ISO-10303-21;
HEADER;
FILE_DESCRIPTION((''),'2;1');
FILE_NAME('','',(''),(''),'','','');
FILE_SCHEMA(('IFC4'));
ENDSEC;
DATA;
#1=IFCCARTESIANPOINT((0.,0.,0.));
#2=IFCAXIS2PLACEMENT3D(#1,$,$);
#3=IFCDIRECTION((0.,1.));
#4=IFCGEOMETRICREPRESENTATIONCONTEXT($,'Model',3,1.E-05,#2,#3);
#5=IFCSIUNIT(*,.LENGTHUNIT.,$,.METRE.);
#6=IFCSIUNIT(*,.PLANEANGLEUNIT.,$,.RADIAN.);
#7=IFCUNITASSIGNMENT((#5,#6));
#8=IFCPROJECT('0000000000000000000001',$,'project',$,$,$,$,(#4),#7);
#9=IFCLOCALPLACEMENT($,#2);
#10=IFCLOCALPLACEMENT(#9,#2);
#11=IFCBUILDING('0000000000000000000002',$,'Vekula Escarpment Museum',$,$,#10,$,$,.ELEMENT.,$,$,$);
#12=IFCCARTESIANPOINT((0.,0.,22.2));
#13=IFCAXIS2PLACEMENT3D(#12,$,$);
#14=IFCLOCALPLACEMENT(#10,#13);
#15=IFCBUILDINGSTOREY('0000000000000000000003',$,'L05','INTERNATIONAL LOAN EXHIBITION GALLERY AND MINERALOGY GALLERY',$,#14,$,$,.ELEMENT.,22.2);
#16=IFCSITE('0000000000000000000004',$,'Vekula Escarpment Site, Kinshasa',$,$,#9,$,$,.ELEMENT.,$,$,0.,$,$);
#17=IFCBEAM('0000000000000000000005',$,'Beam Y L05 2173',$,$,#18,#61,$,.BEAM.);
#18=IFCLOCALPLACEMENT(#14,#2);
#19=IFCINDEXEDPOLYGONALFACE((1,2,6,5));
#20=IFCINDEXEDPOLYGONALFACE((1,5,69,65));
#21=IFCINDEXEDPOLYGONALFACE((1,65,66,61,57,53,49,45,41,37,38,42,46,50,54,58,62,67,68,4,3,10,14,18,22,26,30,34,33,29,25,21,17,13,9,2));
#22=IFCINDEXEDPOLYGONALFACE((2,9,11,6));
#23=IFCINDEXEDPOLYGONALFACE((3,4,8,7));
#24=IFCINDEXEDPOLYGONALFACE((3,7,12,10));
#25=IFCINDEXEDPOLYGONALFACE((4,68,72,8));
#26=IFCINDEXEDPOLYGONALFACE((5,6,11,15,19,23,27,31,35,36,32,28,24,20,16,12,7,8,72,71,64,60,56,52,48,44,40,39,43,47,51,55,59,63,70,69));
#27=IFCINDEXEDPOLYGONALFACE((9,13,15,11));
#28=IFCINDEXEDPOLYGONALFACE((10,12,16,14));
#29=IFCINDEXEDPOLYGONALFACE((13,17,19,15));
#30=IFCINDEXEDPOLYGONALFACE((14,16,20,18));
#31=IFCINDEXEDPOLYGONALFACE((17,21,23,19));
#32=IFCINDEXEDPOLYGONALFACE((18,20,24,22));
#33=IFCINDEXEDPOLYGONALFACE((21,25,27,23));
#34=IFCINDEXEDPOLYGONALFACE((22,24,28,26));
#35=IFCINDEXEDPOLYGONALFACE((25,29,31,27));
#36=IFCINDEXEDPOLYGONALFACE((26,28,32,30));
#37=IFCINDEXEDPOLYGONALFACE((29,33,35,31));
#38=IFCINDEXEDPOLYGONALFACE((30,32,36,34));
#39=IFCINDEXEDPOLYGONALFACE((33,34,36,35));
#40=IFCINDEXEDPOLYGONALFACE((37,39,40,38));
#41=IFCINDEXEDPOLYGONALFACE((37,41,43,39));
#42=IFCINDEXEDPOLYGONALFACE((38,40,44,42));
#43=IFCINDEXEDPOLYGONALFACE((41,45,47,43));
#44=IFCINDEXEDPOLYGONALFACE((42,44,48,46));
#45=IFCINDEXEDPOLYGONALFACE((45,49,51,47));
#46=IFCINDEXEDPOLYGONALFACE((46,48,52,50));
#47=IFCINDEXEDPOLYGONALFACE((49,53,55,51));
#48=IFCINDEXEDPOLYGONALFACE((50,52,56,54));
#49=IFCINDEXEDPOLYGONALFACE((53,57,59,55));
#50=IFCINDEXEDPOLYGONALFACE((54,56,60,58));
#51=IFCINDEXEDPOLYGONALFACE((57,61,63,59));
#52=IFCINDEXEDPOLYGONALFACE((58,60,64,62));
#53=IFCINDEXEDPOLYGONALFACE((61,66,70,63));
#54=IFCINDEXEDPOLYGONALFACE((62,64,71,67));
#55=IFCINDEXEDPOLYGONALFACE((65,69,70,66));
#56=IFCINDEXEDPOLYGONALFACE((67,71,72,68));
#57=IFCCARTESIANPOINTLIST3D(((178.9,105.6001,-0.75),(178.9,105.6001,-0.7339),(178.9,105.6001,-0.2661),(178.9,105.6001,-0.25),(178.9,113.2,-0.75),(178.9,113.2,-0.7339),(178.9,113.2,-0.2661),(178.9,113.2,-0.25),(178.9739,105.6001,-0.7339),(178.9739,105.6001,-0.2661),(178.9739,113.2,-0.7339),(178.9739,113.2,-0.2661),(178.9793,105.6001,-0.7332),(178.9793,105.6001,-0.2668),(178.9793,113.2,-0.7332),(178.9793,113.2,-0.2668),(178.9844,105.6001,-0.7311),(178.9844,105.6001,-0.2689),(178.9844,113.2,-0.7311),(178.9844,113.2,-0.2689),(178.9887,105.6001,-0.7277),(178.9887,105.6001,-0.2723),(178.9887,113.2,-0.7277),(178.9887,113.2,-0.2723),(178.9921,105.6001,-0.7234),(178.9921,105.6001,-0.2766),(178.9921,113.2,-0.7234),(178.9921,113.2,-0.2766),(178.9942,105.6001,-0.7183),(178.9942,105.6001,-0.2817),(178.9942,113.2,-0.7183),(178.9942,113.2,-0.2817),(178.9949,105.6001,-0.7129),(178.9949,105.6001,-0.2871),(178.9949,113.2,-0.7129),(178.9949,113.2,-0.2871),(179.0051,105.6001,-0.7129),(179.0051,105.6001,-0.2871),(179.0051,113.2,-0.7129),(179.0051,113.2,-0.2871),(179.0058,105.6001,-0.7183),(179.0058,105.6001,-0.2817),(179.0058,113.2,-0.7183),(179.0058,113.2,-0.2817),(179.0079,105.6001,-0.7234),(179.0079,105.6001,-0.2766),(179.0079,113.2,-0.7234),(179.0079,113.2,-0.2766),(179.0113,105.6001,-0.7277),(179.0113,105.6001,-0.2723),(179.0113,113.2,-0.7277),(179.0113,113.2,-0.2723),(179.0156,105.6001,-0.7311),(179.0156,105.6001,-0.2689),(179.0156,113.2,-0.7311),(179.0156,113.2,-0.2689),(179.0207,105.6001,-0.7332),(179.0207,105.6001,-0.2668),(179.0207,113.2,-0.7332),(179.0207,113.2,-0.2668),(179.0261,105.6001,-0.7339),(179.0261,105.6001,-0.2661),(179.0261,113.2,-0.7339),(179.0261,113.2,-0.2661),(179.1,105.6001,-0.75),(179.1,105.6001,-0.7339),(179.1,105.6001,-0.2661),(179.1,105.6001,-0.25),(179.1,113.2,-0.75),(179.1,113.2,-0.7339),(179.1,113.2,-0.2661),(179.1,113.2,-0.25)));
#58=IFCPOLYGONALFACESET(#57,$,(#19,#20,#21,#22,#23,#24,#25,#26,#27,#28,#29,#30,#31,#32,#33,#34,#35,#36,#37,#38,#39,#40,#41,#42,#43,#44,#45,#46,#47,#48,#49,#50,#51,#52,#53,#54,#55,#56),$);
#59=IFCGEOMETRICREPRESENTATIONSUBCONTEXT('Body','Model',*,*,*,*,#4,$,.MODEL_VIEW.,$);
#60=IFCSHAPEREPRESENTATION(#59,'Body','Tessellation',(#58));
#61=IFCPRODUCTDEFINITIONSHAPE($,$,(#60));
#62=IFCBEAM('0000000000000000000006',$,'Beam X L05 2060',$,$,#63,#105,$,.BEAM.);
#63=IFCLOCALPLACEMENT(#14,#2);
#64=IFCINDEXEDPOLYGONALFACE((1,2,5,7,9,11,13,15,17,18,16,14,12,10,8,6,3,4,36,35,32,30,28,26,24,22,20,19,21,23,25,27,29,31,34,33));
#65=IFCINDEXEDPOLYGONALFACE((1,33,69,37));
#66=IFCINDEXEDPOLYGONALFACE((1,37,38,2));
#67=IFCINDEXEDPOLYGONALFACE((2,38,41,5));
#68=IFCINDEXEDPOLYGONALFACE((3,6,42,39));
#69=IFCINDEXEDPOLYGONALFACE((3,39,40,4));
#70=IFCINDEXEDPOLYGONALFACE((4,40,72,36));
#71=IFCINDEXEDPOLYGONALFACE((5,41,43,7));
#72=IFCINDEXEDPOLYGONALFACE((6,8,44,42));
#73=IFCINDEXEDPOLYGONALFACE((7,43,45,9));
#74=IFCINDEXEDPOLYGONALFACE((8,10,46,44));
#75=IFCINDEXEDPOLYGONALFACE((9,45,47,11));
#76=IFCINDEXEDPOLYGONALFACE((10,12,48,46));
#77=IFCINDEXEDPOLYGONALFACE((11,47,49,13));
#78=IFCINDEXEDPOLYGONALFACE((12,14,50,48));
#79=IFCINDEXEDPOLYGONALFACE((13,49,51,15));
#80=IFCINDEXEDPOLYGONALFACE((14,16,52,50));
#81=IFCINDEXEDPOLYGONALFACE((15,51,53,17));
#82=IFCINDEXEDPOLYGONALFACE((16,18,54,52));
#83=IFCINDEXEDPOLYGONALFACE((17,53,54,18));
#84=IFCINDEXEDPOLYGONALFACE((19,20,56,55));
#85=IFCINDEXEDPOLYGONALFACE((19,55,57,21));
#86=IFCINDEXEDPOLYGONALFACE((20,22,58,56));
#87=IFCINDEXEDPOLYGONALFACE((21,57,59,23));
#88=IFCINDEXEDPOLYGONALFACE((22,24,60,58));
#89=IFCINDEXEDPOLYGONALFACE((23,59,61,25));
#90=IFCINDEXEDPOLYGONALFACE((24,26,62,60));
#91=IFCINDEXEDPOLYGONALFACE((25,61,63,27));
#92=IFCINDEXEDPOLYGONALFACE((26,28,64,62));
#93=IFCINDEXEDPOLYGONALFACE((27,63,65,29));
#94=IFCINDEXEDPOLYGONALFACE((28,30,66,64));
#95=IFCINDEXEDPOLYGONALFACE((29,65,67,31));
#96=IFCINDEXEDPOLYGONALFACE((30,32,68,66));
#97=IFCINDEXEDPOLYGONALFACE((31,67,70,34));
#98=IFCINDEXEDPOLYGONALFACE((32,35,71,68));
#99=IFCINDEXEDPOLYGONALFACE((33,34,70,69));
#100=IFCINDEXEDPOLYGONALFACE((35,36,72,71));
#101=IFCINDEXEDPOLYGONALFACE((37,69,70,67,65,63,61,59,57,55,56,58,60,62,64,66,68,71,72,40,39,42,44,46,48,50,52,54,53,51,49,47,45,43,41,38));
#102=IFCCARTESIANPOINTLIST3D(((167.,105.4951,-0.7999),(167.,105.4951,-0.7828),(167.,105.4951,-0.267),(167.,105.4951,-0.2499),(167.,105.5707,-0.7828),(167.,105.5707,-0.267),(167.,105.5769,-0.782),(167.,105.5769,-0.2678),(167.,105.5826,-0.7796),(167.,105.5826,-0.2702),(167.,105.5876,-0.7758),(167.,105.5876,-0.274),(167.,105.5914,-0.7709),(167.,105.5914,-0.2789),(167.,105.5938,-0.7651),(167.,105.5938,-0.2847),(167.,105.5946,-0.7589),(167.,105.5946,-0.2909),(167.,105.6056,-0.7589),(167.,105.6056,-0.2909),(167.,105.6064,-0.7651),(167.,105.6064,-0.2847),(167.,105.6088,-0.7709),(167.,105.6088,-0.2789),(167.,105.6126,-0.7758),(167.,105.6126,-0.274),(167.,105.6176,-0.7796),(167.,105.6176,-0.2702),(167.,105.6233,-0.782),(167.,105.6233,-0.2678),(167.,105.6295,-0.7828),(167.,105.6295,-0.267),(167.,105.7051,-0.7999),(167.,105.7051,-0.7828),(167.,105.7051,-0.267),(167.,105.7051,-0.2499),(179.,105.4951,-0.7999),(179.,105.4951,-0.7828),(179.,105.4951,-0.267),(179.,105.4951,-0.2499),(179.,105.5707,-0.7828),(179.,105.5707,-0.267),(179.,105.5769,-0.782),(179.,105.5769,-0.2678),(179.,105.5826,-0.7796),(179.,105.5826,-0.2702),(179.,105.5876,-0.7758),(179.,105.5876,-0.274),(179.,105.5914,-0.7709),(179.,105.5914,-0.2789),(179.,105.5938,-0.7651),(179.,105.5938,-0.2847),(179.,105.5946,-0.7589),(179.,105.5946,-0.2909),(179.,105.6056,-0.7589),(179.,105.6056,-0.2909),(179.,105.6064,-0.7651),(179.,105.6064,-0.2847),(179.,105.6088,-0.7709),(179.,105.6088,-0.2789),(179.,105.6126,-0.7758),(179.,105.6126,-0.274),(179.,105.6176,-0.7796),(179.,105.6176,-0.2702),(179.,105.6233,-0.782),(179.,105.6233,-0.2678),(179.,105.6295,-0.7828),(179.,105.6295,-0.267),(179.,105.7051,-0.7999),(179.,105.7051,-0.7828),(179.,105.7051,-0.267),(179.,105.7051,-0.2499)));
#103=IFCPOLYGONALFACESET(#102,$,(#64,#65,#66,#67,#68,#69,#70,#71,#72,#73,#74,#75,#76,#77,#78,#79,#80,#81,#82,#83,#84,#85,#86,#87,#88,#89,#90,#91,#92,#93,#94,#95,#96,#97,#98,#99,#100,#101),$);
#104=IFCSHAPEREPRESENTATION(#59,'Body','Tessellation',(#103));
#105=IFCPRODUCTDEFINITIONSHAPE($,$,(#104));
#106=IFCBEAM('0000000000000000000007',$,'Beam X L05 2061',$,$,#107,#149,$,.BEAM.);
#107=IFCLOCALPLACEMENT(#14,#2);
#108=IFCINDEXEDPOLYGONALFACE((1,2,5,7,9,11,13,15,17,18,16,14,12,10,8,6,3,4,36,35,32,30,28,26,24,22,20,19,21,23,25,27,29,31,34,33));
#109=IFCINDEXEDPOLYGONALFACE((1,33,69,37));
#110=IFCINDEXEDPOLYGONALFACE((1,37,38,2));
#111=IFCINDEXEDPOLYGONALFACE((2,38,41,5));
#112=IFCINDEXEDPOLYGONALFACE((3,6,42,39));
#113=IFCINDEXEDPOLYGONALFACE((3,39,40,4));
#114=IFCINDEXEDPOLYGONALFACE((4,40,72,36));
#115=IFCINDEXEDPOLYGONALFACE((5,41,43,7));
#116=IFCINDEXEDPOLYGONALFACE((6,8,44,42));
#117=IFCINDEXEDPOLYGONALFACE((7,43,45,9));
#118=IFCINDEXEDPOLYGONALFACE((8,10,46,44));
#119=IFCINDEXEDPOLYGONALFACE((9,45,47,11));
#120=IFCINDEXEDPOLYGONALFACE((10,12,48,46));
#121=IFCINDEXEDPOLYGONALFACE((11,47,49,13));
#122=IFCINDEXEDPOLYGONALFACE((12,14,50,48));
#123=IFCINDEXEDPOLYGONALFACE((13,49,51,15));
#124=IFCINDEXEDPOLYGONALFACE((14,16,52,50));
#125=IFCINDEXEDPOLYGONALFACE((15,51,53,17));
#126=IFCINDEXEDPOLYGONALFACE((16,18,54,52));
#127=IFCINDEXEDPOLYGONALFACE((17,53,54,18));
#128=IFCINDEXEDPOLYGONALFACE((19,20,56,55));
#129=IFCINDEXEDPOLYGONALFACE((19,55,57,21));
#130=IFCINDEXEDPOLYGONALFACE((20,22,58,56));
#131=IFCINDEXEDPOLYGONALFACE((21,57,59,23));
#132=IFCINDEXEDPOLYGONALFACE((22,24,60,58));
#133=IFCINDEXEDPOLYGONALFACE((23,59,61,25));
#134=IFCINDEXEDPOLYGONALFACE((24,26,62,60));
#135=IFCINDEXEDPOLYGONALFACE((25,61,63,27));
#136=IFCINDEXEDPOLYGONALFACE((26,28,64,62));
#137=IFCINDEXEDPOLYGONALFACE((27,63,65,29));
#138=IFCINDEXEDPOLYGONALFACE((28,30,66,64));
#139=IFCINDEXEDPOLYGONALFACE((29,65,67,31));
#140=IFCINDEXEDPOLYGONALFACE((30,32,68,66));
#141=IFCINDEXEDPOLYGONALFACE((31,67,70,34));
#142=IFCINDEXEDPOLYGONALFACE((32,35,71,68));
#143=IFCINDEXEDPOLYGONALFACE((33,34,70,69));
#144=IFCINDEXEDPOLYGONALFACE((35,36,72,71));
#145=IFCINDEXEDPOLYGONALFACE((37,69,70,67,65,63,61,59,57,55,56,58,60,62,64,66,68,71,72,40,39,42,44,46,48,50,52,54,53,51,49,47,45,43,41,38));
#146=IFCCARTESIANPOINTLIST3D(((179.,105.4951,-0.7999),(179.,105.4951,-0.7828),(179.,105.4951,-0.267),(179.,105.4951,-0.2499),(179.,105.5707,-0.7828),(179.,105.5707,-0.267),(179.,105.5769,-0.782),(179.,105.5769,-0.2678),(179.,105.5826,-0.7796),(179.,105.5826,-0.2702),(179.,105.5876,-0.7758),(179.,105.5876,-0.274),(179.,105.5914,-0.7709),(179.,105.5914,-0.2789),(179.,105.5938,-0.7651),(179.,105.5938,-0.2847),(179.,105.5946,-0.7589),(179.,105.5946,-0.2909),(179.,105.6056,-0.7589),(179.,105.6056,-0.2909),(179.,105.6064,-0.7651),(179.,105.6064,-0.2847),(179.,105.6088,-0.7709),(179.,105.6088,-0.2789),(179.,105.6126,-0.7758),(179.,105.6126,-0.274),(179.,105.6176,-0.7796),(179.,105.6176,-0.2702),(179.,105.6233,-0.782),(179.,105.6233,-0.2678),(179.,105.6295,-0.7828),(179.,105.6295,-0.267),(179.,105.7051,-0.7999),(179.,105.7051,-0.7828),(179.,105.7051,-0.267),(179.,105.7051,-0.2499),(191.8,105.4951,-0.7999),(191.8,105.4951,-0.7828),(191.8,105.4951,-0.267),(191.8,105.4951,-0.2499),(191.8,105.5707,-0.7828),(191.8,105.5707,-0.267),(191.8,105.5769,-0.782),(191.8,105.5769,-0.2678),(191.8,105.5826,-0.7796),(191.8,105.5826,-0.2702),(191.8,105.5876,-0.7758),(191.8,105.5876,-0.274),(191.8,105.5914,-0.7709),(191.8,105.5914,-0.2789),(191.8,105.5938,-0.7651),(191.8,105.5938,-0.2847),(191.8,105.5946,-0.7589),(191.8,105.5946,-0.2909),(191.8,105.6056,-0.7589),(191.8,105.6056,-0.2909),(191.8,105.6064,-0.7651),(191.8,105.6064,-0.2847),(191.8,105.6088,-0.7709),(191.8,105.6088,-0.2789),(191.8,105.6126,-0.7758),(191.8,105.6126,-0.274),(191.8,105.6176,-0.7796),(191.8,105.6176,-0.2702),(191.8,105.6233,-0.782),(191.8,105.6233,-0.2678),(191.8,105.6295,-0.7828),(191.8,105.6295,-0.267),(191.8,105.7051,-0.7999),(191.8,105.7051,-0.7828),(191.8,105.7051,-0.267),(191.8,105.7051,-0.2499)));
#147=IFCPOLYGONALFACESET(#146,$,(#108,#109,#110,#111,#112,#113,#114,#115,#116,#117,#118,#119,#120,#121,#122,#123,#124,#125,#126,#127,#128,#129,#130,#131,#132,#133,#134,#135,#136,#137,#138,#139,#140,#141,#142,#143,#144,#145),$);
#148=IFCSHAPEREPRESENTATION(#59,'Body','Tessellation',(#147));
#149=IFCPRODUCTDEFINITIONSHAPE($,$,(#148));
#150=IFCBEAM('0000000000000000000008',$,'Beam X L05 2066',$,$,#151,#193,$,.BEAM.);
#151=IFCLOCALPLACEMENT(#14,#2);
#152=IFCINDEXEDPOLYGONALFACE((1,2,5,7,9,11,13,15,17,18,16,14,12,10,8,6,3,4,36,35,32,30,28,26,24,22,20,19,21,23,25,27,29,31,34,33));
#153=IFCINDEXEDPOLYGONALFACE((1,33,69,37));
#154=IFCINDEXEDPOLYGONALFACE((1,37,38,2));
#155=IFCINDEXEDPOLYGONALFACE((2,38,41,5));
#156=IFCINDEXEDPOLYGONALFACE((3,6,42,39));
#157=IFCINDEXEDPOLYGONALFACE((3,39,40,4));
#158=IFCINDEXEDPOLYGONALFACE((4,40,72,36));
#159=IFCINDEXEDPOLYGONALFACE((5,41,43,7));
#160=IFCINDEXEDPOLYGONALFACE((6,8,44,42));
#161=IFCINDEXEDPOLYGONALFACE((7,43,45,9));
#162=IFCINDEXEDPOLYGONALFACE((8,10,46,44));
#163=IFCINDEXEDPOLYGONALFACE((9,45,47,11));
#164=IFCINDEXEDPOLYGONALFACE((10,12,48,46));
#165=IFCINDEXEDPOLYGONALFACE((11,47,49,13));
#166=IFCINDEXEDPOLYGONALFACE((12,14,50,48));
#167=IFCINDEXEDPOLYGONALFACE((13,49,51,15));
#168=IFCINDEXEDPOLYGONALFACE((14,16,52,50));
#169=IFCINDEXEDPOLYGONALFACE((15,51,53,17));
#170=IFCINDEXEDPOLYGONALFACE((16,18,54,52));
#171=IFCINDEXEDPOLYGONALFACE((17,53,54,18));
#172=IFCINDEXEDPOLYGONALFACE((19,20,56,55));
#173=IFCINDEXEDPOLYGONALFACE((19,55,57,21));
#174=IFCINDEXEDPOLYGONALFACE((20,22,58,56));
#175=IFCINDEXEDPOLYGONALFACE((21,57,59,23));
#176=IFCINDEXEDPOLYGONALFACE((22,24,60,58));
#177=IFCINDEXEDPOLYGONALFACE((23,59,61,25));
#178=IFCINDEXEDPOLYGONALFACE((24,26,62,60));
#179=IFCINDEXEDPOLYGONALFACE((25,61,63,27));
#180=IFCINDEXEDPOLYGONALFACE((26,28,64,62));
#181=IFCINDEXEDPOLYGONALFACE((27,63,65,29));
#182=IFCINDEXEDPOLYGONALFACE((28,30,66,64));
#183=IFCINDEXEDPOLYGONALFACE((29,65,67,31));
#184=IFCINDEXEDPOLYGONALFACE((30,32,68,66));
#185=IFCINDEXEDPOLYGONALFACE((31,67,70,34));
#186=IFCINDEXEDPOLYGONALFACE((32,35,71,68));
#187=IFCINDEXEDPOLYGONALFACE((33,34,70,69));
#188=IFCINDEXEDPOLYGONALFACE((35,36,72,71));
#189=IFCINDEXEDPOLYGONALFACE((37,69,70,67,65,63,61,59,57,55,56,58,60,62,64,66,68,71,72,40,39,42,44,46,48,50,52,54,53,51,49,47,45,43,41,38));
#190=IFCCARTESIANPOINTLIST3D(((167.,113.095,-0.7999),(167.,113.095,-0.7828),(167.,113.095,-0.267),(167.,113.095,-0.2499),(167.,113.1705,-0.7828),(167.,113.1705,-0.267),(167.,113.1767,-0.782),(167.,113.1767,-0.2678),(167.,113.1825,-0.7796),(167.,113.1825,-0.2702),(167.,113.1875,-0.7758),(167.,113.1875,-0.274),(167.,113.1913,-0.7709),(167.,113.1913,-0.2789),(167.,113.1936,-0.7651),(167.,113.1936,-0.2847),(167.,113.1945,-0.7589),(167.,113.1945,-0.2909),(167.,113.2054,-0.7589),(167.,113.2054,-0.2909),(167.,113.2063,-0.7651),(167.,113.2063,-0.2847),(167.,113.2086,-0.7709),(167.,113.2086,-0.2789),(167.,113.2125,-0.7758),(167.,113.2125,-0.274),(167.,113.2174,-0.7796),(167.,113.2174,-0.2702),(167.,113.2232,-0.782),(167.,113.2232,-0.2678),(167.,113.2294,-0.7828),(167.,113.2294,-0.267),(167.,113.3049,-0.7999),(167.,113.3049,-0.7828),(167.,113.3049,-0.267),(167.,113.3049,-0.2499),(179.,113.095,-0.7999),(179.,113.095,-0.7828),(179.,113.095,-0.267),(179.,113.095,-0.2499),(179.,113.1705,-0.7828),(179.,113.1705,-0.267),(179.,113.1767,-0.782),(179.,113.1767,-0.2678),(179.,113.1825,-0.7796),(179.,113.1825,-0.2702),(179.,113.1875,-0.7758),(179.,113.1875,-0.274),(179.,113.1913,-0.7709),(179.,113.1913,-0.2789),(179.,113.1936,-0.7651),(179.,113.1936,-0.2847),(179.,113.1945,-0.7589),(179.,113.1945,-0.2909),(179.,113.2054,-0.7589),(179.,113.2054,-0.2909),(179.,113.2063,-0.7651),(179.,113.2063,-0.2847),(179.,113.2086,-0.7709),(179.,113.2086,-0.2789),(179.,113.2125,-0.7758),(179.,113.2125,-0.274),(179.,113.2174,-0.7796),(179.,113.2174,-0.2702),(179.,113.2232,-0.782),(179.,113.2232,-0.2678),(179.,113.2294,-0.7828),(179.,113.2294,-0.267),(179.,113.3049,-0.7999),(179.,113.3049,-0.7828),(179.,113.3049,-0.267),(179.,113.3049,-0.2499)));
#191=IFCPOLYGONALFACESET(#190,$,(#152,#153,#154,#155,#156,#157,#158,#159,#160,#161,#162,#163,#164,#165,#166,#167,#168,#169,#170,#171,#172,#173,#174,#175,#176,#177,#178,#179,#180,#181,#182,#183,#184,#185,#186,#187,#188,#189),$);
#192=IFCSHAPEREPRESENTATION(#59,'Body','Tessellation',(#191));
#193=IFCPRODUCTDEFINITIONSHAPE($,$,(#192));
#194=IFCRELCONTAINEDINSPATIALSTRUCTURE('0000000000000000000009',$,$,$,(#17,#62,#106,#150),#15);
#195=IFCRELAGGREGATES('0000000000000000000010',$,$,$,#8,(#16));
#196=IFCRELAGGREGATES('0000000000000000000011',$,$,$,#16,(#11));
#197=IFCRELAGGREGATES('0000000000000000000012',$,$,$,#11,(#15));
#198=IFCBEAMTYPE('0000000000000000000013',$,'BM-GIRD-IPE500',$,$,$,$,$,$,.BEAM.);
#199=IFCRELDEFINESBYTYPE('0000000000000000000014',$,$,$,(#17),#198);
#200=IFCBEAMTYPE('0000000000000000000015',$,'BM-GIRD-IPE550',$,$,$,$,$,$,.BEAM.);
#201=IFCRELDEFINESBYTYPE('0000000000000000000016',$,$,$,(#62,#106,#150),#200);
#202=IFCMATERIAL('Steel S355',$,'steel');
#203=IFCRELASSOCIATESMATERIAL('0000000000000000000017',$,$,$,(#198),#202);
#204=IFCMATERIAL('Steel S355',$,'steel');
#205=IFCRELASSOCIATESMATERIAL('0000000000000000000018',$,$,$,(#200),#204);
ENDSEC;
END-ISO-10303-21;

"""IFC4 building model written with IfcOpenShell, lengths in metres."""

from ifc_helpers import new_model, si_unit, direction, frame, origin, origin_2d, place, context, subcontext, project, spatial, i_section, extrude, material, material_profile, profile_set, type_object, element, save


model = new_model("IFC4")

# Units and contexts
model_context = context("Model", 3, precision=1e-05, world=origin(), true_north=direction((0.0, 1.0)))
body_context = subcontext(model_context, "Body", "Model", "MODEL_VIEW")
ifc_project = project(units=[si_unit("LENGTHUNIT", "METRE"), si_unit("PLANEANGLEUNIT", "RADIAN")], contexts=[model_context])

# Site, building, storey
site_placement = place(None, origin())
site = spatial("IfcSite", under=ifc_project, at=site_placement, Name="Vekula Escarpment Site, Kinshasa", CompositionType="ELEMENT", RefElevation=0.0)
building_placement = place(site_placement, origin())
building = spatial("IfcBuilding", under=site, at=building_placement, Name="Vekula Escarpment Museum", CompositionType="ELEMENT")
storey_placement = place(building_placement, frame((0.0, 0.0, 22.2)))
storey = spatial("IfcBuildingStorey", under=building, at=storey_placement, Name="L05", Description="INTERNATIONAL LOAN EXHIBITION GALLERY AND MINERALOGY GALLERY", CompositionType="ELEMENT", Elevation=22.2)

# Beams
ifc_material_1 = material(Name="Steel S355", Category="steel")
ifc_material_profile_1 = material_profile(ifc_material_1, i_section(OverallWidth=0.2, OverallDepth=0.5, WebThickness=0.0103, FlangeThickness=0.0161, FilletRadius=0.021, at=origin_2d()), Name="IPE 500")
ifc_profile_set_1 = profile_set([ifc_material_profile_1], Name="Steel S355")
beam_type_1 = type_object("IfcBeamType", Name="BM-GIRD-IPE500", PredefinedType="BEAM", material=ifc_profile_set_1)
beam_1_placement = place(storey_placement, frame((179.0, 105.6001, -0.5), z_axis=(0.0, 1.0, 0.0), x_axis=(-1.0, 0.0, 0.0)))
element("IfcBeam", 1, at=beam_1_placement, inside=storey, type_object=beam_type_1, Name="Beam Y L05 2173", PredefinedType="BEAM", context=body_context, shape_type="SweptSolid", body=[
    extrude(i_section(OverallWidth=0.2, OverallDepth=0.5, WebThickness=0.0103, FlangeThickness=0.0161, FilletRadius=0.021, at=origin_2d()), origin(), (0.0, 0.0, 1.0), 7.5999),
])
ifc_material_2 = material(Name="Steel S355", Category="steel")
ifc_material_profile_2 = material_profile(ifc_material_2, i_section(OverallWidth=0.21, OverallDepth=0.55, WebThickness=0.011, FlangeThickness=0.0171, FilletRadius=0.0239, at=origin_2d()), Name="IPE 550")
ifc_profile_set_2 = profile_set([ifc_material_profile_2], Name="Steel S355")
beam_type_2 = type_object("IfcBeamType", Name="BM-GIRD-IPE550", PredefinedType="BEAM", material=ifc_profile_set_2)
beam_2_placement = place(storey_placement, frame((167.0, 105.6001, -0.5249), z_axis=(1.0, 0.0, 0.0), x_axis=(0.0, 1.0, 0.0)))
element("IfcBeam", 2, at=beam_2_placement, inside=storey, type_object=beam_type_2, Name="Beam X L05 2060", PredefinedType="BEAM", context=body_context, shape_type="SweptSolid", body=[
    extrude(i_section(OverallWidth=0.21, OverallDepth=0.55, WebThickness=0.011, FlangeThickness=0.0171, FilletRadius=0.0239, at=origin_2d()), origin(), (0.0, 0.0, 1.0), 12.0),
])
beam_3_placement = place(storey_placement, frame((179.0, 105.6001, -0.5249), z_axis=(1.0, 0.0, 0.0), x_axis=(0.0, 1.0, 0.0)))
element("IfcBeam", 3, at=beam_3_placement, inside=storey, type_object=beam_type_2, Name="Beam X L05 2061", PredefinedType="BEAM", context=body_context, shape_type="SweptSolid", body=[
    extrude(i_section(OverallWidth=0.21, OverallDepth=0.55, WebThickness=0.011, FlangeThickness=0.0171, FilletRadius=0.0239, at=origin_2d()), origin(), (0.0, 0.0, 1.0), 12.8),
])
beam_4_placement = place(storey_placement, frame((167.0, 113.2, -0.5249), z_axis=(1.0, 0.0, 0.0), x_axis=(0.0, 1.0, 0.0)))
element("IfcBeam", 4, at=beam_4_placement, inside=storey, type_object=beam_type_2, Name="Beam X L05 2066", PredefinedType="BEAM", context=body_context, shape_type="SweptSolid", body=[
    extrude(i_section(OverallWidth=0.21, OverallDepth=0.55, WebThickness=0.011, FlangeThickness=0.0171, FilletRadius=0.0239, at=origin_2d()), origin(), (0.0, 0.0, 1.0), 12.0),
])

save(model, "model.ifc")
